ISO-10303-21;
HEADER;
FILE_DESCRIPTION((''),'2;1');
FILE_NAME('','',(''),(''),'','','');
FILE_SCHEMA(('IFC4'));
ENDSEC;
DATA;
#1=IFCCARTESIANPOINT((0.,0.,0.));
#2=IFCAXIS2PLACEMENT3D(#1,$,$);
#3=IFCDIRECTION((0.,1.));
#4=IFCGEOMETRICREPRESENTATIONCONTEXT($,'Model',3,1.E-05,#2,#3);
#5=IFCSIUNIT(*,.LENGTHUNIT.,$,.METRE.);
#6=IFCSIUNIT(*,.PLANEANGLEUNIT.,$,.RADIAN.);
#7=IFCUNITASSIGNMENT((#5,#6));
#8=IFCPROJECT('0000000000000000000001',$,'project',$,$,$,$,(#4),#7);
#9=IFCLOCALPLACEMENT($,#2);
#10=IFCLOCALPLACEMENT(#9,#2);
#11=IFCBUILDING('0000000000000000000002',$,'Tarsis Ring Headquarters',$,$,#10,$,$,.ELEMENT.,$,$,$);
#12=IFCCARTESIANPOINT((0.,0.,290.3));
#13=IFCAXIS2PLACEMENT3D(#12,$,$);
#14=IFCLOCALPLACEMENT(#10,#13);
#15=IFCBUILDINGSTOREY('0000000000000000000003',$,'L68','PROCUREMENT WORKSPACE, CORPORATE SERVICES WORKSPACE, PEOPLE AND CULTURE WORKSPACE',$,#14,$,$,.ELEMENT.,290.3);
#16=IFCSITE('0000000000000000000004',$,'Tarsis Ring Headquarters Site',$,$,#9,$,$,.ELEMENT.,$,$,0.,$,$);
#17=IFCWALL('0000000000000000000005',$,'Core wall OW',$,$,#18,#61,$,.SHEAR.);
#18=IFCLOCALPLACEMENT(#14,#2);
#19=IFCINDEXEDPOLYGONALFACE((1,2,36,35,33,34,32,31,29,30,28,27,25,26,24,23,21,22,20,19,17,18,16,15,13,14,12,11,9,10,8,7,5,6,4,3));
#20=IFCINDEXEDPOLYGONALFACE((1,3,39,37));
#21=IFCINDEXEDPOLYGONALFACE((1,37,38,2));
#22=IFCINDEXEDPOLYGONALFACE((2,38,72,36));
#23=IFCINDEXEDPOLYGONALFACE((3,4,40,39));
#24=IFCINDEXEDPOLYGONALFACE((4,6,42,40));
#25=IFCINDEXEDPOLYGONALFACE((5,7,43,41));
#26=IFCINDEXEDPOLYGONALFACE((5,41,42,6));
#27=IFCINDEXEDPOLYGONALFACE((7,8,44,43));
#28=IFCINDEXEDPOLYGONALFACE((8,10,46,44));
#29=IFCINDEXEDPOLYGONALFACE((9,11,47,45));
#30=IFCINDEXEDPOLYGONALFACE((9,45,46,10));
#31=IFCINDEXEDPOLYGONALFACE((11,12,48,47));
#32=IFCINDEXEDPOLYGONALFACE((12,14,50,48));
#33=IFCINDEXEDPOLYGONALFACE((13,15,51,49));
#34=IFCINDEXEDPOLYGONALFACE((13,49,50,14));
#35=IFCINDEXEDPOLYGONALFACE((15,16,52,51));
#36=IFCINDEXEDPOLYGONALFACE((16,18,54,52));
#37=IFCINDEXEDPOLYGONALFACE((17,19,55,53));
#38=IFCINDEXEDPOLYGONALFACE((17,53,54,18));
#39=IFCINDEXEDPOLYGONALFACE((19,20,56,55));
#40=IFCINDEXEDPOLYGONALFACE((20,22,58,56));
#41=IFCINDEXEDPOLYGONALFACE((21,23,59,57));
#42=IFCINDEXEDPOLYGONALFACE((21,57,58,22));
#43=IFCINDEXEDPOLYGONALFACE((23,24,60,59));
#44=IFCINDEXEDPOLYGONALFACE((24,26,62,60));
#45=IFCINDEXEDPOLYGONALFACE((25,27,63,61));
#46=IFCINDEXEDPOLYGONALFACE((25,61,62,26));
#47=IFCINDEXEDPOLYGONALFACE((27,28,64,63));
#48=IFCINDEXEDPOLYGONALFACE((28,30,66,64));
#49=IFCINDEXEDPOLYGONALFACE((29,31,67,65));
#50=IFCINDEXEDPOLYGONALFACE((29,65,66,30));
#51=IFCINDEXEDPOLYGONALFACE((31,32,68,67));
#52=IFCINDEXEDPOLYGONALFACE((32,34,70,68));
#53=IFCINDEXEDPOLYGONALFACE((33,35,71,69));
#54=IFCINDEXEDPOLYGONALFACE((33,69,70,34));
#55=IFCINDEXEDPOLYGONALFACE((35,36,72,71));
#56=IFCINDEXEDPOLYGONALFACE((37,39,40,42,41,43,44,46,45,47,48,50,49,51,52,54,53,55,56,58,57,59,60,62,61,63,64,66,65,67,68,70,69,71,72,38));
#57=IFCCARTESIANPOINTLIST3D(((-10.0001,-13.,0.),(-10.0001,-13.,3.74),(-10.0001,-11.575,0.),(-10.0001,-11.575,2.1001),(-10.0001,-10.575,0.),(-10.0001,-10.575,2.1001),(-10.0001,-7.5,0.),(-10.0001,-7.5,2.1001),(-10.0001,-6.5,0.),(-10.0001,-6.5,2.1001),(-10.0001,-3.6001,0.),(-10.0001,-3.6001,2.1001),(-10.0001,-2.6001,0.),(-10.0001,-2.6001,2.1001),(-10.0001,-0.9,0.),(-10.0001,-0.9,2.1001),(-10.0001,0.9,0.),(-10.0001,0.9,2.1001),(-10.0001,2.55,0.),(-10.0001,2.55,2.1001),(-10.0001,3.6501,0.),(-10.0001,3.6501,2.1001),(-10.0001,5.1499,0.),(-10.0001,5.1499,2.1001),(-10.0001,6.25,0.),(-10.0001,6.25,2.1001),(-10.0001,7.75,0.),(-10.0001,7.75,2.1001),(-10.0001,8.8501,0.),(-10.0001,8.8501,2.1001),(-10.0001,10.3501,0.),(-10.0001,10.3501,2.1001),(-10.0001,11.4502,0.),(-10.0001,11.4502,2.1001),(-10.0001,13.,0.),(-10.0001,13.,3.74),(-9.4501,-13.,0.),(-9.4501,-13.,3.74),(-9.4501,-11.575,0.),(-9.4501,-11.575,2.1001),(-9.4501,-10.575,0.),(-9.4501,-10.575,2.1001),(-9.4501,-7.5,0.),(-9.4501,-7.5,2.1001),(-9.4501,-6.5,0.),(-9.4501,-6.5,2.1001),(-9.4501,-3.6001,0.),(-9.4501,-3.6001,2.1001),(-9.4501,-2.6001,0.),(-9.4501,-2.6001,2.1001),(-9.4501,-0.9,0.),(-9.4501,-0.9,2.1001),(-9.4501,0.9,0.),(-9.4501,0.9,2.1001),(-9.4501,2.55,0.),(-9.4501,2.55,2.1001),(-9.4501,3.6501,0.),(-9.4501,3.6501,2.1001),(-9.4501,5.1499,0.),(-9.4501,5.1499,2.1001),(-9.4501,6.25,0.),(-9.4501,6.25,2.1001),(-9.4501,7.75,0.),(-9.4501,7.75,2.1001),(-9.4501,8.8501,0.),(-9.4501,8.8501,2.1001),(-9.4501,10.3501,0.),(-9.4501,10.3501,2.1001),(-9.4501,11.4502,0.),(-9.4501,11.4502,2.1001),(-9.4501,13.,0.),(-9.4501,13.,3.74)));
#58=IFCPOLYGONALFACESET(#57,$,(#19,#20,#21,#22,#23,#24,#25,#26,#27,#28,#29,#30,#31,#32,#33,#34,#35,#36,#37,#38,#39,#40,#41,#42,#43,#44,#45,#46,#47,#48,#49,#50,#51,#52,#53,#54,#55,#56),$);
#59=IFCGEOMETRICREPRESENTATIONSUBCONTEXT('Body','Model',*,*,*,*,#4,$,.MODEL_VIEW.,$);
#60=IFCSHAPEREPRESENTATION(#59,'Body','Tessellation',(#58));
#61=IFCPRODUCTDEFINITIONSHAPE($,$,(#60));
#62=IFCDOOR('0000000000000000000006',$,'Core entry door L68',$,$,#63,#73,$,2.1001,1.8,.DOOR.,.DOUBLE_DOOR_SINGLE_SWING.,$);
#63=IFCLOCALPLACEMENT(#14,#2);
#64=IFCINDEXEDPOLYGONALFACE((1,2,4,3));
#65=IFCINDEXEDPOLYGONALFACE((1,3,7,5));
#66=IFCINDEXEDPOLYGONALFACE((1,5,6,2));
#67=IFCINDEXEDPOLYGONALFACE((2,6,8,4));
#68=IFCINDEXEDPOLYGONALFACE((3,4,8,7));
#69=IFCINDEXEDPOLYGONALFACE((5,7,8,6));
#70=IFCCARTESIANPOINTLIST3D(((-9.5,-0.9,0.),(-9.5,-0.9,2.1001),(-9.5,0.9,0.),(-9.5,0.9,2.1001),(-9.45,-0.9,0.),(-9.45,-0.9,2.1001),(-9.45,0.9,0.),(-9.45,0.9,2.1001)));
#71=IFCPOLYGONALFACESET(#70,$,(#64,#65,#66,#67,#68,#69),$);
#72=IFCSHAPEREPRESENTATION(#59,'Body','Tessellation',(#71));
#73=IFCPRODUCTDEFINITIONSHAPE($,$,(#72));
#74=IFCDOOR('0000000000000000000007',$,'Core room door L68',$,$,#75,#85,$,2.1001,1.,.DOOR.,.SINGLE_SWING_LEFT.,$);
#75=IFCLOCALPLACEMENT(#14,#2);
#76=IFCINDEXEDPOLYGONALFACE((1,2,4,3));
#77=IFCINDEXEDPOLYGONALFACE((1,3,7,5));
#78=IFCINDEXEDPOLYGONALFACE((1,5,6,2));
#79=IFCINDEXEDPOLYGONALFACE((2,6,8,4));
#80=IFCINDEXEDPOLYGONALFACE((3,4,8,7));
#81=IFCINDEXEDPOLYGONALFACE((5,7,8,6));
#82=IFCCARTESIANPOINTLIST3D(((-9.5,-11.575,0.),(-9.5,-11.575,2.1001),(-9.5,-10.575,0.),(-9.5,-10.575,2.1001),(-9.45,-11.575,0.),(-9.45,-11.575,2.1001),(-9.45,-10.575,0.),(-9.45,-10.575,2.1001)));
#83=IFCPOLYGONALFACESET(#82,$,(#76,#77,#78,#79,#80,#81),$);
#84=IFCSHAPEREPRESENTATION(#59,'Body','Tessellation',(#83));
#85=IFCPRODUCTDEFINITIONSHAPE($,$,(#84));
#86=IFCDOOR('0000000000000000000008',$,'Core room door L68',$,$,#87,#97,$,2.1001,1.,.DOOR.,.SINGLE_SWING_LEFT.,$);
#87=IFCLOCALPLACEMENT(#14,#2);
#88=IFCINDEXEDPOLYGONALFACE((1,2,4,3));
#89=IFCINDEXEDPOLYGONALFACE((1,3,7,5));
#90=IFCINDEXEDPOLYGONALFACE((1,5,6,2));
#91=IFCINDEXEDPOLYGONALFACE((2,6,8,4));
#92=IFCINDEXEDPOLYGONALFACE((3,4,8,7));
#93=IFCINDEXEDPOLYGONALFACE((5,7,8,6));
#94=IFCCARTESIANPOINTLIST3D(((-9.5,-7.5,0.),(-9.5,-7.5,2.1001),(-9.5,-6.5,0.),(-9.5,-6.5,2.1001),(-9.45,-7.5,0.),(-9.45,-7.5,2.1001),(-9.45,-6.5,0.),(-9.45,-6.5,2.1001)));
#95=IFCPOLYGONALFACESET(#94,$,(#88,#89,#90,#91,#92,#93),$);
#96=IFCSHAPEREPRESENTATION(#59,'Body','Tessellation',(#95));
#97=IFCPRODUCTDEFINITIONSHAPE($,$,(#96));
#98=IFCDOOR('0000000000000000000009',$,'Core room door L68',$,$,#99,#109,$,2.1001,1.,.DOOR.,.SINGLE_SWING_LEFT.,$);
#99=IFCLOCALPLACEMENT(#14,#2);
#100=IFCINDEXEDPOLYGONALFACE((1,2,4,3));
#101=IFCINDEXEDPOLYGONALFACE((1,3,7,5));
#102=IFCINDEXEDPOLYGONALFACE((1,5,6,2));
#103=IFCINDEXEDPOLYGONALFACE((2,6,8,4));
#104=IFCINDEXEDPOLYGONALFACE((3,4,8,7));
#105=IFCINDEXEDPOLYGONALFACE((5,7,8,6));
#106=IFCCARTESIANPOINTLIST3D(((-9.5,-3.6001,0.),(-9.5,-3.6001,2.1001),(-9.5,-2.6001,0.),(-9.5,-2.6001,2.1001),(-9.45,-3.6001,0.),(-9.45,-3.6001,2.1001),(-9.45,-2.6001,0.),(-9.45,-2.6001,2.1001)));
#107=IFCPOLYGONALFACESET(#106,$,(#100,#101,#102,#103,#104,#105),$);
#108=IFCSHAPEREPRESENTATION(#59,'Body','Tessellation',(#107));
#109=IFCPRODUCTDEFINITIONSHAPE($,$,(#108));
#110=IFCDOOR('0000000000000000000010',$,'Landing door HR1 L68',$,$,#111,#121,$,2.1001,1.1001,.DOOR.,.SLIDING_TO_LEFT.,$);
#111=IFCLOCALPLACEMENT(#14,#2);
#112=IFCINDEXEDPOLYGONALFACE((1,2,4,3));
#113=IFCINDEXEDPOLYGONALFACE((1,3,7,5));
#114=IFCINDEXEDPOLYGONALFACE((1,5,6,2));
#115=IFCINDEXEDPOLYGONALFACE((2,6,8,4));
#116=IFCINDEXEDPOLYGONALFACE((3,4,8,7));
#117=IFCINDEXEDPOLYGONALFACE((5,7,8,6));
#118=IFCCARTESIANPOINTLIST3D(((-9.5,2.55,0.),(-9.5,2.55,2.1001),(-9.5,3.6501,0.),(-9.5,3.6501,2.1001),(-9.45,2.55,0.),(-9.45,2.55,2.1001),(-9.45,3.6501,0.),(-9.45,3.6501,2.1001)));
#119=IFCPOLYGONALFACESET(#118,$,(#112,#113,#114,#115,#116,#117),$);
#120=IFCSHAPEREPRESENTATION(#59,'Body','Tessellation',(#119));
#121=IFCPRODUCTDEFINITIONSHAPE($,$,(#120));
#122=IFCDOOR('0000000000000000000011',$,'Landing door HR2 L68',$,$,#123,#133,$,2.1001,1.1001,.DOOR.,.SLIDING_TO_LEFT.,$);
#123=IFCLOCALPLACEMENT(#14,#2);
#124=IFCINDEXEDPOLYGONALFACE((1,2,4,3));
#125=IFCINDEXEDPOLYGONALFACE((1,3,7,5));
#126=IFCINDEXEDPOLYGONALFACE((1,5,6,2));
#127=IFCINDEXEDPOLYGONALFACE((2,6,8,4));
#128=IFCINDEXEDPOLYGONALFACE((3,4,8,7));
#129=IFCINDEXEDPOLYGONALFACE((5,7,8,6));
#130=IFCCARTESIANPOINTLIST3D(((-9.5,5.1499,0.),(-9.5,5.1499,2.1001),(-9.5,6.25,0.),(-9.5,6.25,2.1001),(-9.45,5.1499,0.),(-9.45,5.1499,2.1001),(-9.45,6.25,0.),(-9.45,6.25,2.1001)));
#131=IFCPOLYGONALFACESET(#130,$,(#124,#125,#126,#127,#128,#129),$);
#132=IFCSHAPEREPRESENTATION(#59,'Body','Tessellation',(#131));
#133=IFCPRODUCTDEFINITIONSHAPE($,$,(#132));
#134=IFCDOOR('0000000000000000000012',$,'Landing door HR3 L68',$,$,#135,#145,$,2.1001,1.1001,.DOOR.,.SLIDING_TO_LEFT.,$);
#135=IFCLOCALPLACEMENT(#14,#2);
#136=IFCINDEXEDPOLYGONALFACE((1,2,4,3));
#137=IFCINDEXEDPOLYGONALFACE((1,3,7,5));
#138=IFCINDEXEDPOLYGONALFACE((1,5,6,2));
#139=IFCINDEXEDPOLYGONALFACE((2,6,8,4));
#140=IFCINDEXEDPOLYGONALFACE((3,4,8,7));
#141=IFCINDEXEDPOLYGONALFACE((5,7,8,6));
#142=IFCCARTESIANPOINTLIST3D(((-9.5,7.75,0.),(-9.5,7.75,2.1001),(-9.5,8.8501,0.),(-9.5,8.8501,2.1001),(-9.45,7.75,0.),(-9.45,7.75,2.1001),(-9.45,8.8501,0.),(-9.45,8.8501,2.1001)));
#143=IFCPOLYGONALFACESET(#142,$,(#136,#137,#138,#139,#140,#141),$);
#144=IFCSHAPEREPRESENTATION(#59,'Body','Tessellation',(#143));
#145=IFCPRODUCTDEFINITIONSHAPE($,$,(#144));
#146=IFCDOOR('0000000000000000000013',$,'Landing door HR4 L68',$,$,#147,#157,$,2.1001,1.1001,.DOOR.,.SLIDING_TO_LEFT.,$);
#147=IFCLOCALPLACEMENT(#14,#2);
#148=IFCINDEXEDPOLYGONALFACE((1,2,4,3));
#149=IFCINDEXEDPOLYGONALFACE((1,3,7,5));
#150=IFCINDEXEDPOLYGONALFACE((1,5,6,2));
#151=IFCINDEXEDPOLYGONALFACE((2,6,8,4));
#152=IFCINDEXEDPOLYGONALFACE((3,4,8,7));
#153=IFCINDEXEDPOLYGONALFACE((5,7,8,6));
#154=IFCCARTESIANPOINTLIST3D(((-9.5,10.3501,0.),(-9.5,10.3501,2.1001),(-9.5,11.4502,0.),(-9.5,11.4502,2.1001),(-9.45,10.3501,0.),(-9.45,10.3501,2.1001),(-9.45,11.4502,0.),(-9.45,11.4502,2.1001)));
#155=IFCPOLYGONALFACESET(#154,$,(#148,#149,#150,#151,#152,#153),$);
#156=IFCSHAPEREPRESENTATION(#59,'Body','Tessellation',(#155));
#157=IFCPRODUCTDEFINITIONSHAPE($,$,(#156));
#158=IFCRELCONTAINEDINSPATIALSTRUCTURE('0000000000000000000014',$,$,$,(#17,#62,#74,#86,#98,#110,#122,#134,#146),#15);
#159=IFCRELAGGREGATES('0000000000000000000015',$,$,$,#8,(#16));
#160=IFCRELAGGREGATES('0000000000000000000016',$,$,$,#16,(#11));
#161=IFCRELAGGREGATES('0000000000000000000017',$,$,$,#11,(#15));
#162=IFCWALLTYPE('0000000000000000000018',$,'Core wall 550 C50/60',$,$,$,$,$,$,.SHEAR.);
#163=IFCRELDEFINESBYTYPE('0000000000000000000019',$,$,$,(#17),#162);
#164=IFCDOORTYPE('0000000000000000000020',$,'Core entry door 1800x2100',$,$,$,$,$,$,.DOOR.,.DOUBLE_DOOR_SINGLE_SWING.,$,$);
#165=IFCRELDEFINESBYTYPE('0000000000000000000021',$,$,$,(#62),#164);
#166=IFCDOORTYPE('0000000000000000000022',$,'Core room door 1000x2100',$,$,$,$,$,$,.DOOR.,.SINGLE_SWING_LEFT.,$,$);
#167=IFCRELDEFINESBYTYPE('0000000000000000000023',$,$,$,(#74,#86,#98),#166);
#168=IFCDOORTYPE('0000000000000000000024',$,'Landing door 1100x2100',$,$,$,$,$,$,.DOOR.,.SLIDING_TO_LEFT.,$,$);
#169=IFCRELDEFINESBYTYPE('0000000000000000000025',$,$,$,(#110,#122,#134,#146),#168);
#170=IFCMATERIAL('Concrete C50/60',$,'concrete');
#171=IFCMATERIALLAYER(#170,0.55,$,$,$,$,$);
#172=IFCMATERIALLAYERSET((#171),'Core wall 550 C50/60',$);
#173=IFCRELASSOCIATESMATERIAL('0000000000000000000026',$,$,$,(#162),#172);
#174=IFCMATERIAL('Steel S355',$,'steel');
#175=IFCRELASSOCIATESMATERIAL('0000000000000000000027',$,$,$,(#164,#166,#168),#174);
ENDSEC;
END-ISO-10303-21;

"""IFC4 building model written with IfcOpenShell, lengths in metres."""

from ifc_helpers import new_model, si_unit, direction, frame, frame_2d, origin, place, context, subcontext, project, spatial, rectangle, extrude, material, layer, layer_set, type_object, element, fill, save


model = new_model("IFC4")

# Units and contexts
model_context = context("Model", 3, precision=1e-05, world=origin(), true_north=direction((0.0, 1.0)))
body_context = subcontext(model_context, "Body", "Model", "MODEL_VIEW")
ifc_project = project(units=[si_unit("LENGTHUNIT", "METRE"), si_unit("PLANEANGLEUNIT", "RADIAN")], contexts=[model_context])

# Site, building, storey
site_placement = place(None, origin())
site = spatial("IfcSite", under=ifc_project, at=site_placement, Name="Tarsis Ring Headquarters Site", CompositionType="ELEMENT", RefElevation=0.0)
building_placement = place(site_placement, origin())
building = spatial("IfcBuilding", under=site, at=building_placement, Name="Tarsis Ring Headquarters", CompositionType="ELEMENT")
storey_placement = place(building_placement, frame((0.0, 0.0, 290.3)))
storey = spatial("IfcBuildingStorey", under=building, at=storey_placement, Name="L68", Description="PROCUREMENT WORKSPACE, CORPORATE SERVICES WORKSPACE, PEOPLE AND CULTURE WORKSPACE", CompositionType="ELEMENT", Elevation=290.3)

# Wall, openings, doors
ifc_material_1 = material(Name="Concrete C50/60", Category="concrete")
ifc_layer_1 = layer(ifc_material_1, 0.55)
ifc_layer_set_1 = layer_set([ifc_layer_1], Name="Core wall 550 C50/60")
wall_type_1 = type_object("IfcWallType", Name="Core wall 550 C50/60", PredefinedType="SHEAR", material=ifc_layer_set_1)
wall_1_placement = place(storey_placement, frame((-9.7251, -13.0, 0.0), z_axis=(0.0, 0.0, 1.0), x_axis=(0.0, 1.0, 0.0)))
wall_1 = element("IfcWall", 1, at=wall_1_placement, inside=storey, type_object=wall_type_1, Name="Core wall OW", PredefinedType="SHEAR", context=body_context, shape_type="SweptSolid", body=[
    extrude(rectangle(XDim=26.0, YDim=0.55, at=frame_2d((13.0, 0.0))), origin(), (0.0, 0.0, 1.0), 3.74),
])
opening_1_placement = place(wall_1_placement, frame((1.425, 0.0, 0.0)))
opening_1 = element("IfcOpeningElement", 2, at=opening_1_placement, cuts=wall_1, PredefinedType="OPENING", context=body_context, shape_type="SweptSolid", body=[
    extrude(rectangle(XDim=1.0, YDim=2.1001, at=frame_2d((0.5, 1.05))), frame((0.0, 0.2849, 0.0), z_axis=(0.0, -1.0, 0.0), x_axis=(1.0, 0.0, 0.0)), (0.0, 0.0, 1.0), 0.5701),
])
opening_2_placement = place(wall_1_placement, frame((5.5, 0.0, 0.0)))
opening_2 = element("IfcOpeningElement", 3, at=opening_2_placement, cuts=wall_1, PredefinedType="OPENING", context=body_context, shape_type="SweptSolid", body=[
    extrude(rectangle(XDim=1.0, YDim=2.1001, at=frame_2d((0.5, 1.05))), frame((0.0, 0.2849, 0.0), z_axis=(0.0, -1.0, 0.0), x_axis=(1.0, 0.0, 0.0)), (0.0, 0.0, 1.0), 0.5701),
])
opening_3_placement = place(wall_1_placement, frame((9.3999, 0.0, 0.0)))
opening_3 = element("IfcOpeningElement", 4, at=opening_3_placement, cuts=wall_1, PredefinedType="OPENING", context=body_context, shape_type="SweptSolid", body=[
    extrude(rectangle(XDim=1.0, YDim=2.1001, at=frame_2d((0.5, 1.05))), frame((0.0, 0.2849, 0.0), z_axis=(0.0, -1.0, 0.0), x_axis=(1.0, 0.0, 0.0)), (0.0, 0.0, 1.0), 0.5701),
])
opening_4_placement = place(wall_1_placement, frame((12.1001, 0.0, 0.0)))
opening_4 = element("IfcOpeningElement", 5, at=opening_4_placement, cuts=wall_1, PredefinedType="OPENING", context=body_context, shape_type="SweptSolid", body=[
    extrude(rectangle(XDim=1.8, YDim=2.1001, at=frame_2d((0.8999, 1.05))), frame((0.0, 0.2849, 0.0), z_axis=(0.0, -1.0, 0.0), x_axis=(1.0, 0.0, 0.0)), (0.0, 0.0, 1.0), 0.5701),
])
opening_5_placement = place(wall_1_placement, frame((15.55, 0.0, 0.0)))
opening_5 = element("IfcOpeningElement", 6, at=opening_5_placement, cuts=wall_1, PredefinedType="OPENING", context=body_context, shape_type="SweptSolid", body=[
    extrude(rectangle(XDim=1.1001, YDim=2.1001, at=frame_2d((0.55, 1.05))), frame((0.0, 0.2849, 0.0), z_axis=(0.0, -1.0, 0.0), x_axis=(1.0, 0.0, 0.0)), (0.0, 0.0, 1.0), 0.5701),
])
opening_6_placement = place(wall_1_placement, frame((18.1499, 0.0, 0.0)))
opening_6 = element("IfcOpeningElement", 7, at=opening_6_placement, cuts=wall_1, PredefinedType="OPENING", context=body_context, shape_type="SweptSolid", body=[
    extrude(rectangle(XDim=1.1001, YDim=2.1001, at=frame_2d((0.55, 1.05))), frame((0.0, 0.2849, 0.0), z_axis=(0.0, -1.0, 0.0), x_axis=(1.0, 0.0, 0.0)), (0.0, 0.0, 1.0), 0.5701),
])
opening_7_placement = place(wall_1_placement, frame((20.75, 0.0, 0.0)))
opening_7 = element("IfcOpeningElement", 8, at=opening_7_placement, cuts=wall_1, PredefinedType="OPENING", context=body_context, shape_type="SweptSolid", body=[
    extrude(rectangle(XDim=1.1001, YDim=2.1001, at=frame_2d((0.55, 1.05))), frame((0.0, 0.2849, 0.0), z_axis=(0.0, -1.0, 0.0), x_axis=(1.0, 0.0, 0.0)), (0.0, 0.0, 1.0), 0.5701),
])
opening_8_placement = place(wall_1_placement, frame((23.3501, 0.0, 0.0)))
opening_8 = element("IfcOpeningElement", 9, at=opening_8_placement, cuts=wall_1, PredefinedType="OPENING", context=body_context, shape_type="SweptSolid", body=[
    extrude(rectangle(XDim=1.1001, YDim=2.1001, at=frame_2d((0.55, 1.05))), frame((0.0, 0.2849, 0.0), z_axis=(0.0, -1.0, 0.0), x_axis=(1.0, 0.0, 0.0)), (0.0, 0.0, 1.0), 0.5701),
])
ifc_material_2 = material(Name="Steel S355", Category="steel")
door_type_1 = type_object("IfcDoorType", Name="Core entry door 1800x2100", OperationType="DOUBLE_DOOR_SINGLE_SWING", PredefinedType="DOOR", material=ifc_material_2)
door_1_placement = place(opening_4_placement, origin())
door_1 = element("IfcDoor", 10, at=door_1_placement, inside=storey, type_object=door_type_1, Name="Core entry door L68", OperationType="DOUBLE_DOOR_SINGLE_SWING", OverallHeight=2.1001, OverallWidth=1.8, PredefinedType="DOOR", context=body_context, shape_type="SweptSolid", body=[
    extrude(rectangle(XDim=1.8, YDim=2.1001, at=frame_2d((0.8999, 1.05))), frame((0.0, -0.2251, 0.0), z_axis=(0.0, -1.0, 0.0), x_axis=(1.0, 0.0, 0.0)), (0.0, 0.0, 1.0), 0.05),
])
fill(opening_4, door_1)
door_type_2 = type_object("IfcDoorType", Name="Core room door 1000x2100", OperationType="SINGLE_SWING_LEFT", PredefinedType="DOOR", material=ifc_material_2)
door_2_placement = place(opening_1_placement, origin())
door_2 = element("IfcDoor", 11, at=door_2_placement, inside=storey, type_object=door_type_2, Name="Core room door L68", OperationType="SINGLE_SWING_LEFT", OverallHeight=2.1001, OverallWidth=1.0, PredefinedType="DOOR", context=body_context, shape_type="SweptSolid", body=[
    extrude(rectangle(XDim=1.0, YDim=2.1001, at=frame_2d((0.5, 1.05))), frame((0.0, -0.2251, 0.0), z_axis=(0.0, -1.0, 0.0), x_axis=(1.0, 0.0, 0.0)), (0.0, 0.0, 1.0), 0.05),
])
fill(opening_1, door_2)
door_3_placement = place(opening_2_placement, origin())
door_3 = element("IfcDoor", 12, at=door_3_placement, inside=storey, type_object=door_type_2, Name="Core room door L68", OperationType="SINGLE_SWING_LEFT", OverallHeight=2.1001, OverallWidth=1.0, PredefinedType="DOOR", context=body_context, shape_type="SweptSolid", body=[
    extrude(rectangle(XDim=1.0, YDim=2.1001, at=frame_2d((0.5, 1.05))), frame((0.0, -0.2251, 0.0), z_axis=(0.0, -1.0, 0.0), x_axis=(1.0, 0.0, 0.0)), (0.0, 0.0, 1.0), 0.05),
])
fill(opening_2, door_3)
door_4_placement = place(opening_3_placement, origin())
door_4 = element("IfcDoor", 13, at=door_4_placement, inside=storey, type_object=door_type_2, Name="Core room door L68", OperationType="SINGLE_SWING_LEFT", OverallHeight=2.1001, OverallWidth=1.0, PredefinedType="DOOR", context=body_context, shape_type="SweptSolid", body=[
    extrude(rectangle(XDim=1.0, YDim=2.1001, at=frame_2d((0.5, 1.05))), frame((0.0, -0.2251, 0.0), z_axis=(0.0, -1.0, 0.0), x_axis=(1.0, 0.0, 0.0)), (0.0, 0.0, 1.0), 0.05),
])
fill(opening_3, door_4)
door_type_3 = type_object("IfcDoorType", Name="Landing door 1100x2100", OperationType="SLIDING_TO_LEFT", PredefinedType="DOOR", material=ifc_material_2)
door_5_placement = place(opening_5_placement, origin())
door_5 = element("IfcDoor", 14, at=door_5_placement, inside=storey, type_object=door_type_3, Name="Landing door HR1 L68", OperationType="SLIDING_TO_LEFT", OverallHeight=2.1001, OverallWidth=1.1001, PredefinedType="DOOR", context=body_context, shape_type="SweptSolid", body=[
    extrude(rectangle(XDim=1.1001, YDim=2.1001, at=frame_2d((0.55, 1.05))), frame((0.0, -0.2251, 0.0), z_axis=(0.0, -1.0, 0.0), x_axis=(1.0, 0.0, 0.0)), (0.0, 0.0, 1.0), 0.05),
])
fill(opening_5, door_5)
door_6_placement = place(opening_6_placement, origin())
door_6 = element("IfcDoor", 15, at=door_6_placement, inside=storey, type_object=door_type_3, Name="Landing door HR2 L68", OperationType="SLIDING_TO_LEFT", OverallHeight=2.1001, OverallWidth=1.1001, PredefinedType="DOOR", context=body_context, shape_type="SweptSolid", body=[
    extrude(rectangle(XDim=1.1001, YDim=2.1001, at=frame_2d((0.55, 1.05))), frame((0.0, -0.2251, 0.0), z_axis=(0.0, -1.0, 0.0), x_axis=(1.0, 0.0, 0.0)), (0.0, 0.0, 1.0), 0.05),
])
fill(opening_6, door_6)
door_7_placement = place(opening_7_placement, origin())
door_7 = element("IfcDoor", 16, at=door_7_placement, inside=storey, type_object=door_type_3, Name="Landing door HR3 L68", OperationType="SLIDING_TO_LEFT", OverallHeight=2.1001, OverallWidth=1.1001, PredefinedType="DOOR", context=body_context, shape_type="SweptSolid", body=[
    extrude(rectangle(XDim=1.1001, YDim=2.1001, at=frame_2d((0.55, 1.05))), frame((0.0, -0.2251, 0.0), z_axis=(0.0, -1.0, 0.0), x_axis=(1.0, 0.0, 0.0)), (0.0, 0.0, 1.0), 0.05),
])
fill(opening_7, door_7)
door_8_placement = place(opening_8_placement, origin())
door_8 = element("IfcDoor", 17, at=door_8_placement, inside=storey, type_object=door_type_3, Name="Landing door HR4 L68", OperationType="SLIDING_TO_LEFT", OverallHeight=2.1001, OverallWidth=1.1001, PredefinedType="DOOR", context=body_context, shape_type="SweptSolid", body=[
    extrude(rectangle(XDim=1.1001, YDim=2.1001, at=frame_2d((0.55, 1.05))), frame((0.0, -0.2251, 0.0), z_axis=(0.0, -1.0, 0.0), x_axis=(1.0, 0.0, 0.0)), (0.0, 0.0, 1.0), 0.05),
])
fill(opening_8, door_8)

save(model, "model.ifc")
